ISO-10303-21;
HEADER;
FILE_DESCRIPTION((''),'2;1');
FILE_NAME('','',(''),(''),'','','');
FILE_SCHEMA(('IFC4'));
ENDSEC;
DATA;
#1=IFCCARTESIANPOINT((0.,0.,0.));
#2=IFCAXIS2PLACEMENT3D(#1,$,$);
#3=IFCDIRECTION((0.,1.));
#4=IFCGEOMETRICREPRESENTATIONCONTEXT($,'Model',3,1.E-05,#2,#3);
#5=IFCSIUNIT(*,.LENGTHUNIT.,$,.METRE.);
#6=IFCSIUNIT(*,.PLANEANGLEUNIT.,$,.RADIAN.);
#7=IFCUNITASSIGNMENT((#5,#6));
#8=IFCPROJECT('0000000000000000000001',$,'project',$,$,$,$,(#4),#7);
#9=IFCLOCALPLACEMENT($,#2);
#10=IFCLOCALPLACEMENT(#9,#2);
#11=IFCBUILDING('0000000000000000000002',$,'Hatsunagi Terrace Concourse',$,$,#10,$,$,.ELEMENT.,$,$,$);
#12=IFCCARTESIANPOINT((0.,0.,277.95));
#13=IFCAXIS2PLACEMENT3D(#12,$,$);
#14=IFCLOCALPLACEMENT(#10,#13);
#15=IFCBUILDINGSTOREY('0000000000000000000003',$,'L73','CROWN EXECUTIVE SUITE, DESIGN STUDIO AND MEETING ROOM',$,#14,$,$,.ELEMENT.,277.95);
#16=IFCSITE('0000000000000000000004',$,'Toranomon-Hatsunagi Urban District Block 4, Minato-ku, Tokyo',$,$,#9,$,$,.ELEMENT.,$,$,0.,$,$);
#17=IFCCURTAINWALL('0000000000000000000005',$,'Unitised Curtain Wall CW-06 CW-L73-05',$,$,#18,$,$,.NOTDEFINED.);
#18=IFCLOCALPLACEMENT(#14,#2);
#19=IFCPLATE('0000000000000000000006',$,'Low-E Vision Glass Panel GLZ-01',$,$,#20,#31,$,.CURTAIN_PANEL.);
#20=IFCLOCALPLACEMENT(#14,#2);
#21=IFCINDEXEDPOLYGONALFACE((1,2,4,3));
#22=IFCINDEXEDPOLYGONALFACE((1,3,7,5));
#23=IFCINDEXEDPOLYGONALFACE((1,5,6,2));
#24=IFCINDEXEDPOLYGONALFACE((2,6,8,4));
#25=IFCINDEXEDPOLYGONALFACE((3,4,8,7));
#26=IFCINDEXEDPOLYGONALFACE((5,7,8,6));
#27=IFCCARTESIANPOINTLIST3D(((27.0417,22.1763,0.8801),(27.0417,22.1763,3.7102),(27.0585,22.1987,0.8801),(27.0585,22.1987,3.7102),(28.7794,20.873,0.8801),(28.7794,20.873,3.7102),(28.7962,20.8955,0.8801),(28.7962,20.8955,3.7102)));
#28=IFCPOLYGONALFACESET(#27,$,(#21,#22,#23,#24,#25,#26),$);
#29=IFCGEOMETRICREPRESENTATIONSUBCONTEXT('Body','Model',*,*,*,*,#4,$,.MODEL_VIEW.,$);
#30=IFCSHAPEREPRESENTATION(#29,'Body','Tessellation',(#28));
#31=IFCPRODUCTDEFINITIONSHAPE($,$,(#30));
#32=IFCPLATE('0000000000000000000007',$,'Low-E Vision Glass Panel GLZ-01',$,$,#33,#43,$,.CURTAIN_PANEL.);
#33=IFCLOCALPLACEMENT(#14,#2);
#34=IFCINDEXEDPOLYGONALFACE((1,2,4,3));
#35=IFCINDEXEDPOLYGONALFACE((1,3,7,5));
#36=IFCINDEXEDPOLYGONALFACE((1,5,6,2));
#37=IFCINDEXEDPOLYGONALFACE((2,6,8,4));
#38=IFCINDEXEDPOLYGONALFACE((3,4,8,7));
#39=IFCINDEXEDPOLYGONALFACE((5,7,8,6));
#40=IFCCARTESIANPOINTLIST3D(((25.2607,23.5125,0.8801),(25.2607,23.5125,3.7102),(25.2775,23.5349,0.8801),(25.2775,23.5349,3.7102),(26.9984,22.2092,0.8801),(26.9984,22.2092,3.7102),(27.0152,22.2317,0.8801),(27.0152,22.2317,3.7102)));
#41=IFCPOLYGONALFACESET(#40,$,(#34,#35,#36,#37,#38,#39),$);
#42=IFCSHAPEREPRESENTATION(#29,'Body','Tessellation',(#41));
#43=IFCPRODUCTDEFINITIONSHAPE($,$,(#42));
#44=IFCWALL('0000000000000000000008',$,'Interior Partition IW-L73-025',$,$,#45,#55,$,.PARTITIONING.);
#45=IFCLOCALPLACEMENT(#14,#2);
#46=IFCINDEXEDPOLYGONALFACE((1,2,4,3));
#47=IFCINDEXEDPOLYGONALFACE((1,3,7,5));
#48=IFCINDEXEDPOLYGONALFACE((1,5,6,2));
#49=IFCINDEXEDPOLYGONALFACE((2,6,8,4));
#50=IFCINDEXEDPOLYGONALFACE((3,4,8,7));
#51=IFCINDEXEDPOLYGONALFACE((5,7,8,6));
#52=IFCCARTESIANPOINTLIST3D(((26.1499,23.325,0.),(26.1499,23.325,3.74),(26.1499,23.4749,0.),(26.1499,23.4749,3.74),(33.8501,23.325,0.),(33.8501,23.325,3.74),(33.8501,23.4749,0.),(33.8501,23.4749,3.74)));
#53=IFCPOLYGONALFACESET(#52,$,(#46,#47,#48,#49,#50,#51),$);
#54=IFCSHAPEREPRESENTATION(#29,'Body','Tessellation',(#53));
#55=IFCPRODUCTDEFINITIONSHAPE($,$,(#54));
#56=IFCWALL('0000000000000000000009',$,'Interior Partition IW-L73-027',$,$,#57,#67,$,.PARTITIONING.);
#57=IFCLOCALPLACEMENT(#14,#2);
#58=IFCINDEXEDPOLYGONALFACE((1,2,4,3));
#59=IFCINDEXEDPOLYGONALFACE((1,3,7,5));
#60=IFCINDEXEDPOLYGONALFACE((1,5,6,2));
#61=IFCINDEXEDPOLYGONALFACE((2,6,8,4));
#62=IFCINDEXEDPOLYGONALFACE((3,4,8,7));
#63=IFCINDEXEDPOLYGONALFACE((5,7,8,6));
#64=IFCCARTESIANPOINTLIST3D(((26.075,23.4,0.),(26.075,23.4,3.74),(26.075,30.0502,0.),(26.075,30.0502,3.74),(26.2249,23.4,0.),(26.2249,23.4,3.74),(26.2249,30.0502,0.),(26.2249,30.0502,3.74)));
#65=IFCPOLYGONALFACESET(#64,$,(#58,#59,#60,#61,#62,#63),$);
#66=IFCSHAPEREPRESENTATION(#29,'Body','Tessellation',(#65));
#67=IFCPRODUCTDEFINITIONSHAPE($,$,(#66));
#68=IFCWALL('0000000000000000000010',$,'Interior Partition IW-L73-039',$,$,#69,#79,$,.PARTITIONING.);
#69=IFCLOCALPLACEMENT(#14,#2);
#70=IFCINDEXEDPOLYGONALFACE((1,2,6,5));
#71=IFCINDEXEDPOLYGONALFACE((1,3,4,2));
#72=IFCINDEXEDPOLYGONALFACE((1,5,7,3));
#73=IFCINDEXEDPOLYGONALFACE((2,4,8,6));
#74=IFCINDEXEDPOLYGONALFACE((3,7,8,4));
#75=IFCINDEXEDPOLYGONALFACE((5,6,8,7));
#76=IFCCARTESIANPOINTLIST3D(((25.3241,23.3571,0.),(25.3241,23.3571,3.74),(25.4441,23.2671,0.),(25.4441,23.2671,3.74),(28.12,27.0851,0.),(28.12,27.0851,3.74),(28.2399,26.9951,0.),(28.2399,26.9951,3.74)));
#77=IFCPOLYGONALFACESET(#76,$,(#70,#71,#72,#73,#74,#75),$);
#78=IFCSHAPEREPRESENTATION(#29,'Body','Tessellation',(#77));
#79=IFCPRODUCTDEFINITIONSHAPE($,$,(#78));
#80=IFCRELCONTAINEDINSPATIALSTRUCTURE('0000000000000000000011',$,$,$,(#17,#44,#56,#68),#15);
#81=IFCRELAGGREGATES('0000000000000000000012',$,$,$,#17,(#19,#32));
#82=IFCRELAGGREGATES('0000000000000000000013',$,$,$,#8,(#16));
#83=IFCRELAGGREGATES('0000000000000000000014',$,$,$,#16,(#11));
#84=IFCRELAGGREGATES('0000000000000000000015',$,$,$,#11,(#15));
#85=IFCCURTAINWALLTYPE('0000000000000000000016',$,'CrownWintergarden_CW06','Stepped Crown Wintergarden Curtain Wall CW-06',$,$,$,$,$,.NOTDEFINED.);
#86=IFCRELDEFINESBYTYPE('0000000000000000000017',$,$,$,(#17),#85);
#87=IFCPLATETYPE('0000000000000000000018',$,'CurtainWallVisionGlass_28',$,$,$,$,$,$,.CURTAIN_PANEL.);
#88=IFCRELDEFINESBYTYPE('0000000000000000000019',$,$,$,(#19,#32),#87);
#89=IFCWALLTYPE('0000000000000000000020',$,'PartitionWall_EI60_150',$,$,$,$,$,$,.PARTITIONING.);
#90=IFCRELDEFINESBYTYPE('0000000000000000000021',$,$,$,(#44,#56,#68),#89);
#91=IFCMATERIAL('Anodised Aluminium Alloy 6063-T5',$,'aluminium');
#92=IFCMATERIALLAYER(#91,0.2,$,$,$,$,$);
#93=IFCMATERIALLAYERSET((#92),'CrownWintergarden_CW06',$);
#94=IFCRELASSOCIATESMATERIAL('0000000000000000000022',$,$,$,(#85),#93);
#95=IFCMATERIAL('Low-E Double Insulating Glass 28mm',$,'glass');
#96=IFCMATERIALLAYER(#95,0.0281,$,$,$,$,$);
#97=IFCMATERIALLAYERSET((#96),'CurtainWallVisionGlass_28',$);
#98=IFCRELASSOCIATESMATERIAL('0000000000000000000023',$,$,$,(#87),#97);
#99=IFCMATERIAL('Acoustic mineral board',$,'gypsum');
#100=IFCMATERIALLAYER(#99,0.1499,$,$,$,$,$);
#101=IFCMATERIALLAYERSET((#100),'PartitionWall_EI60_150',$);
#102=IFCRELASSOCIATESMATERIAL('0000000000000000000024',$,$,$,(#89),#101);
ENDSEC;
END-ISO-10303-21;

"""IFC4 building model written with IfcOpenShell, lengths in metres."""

from ifc_helpers import new_model, si_unit, direction, frame, frame_2d, origin, origin_2d, place, context, subcontext, project, spatial, rectangle, extrude, material, layer, layer_set, type_object, element, aggregate, save


model = new_model("IFC4")

# Units and contexts
model_context = context("Model", 3, precision=1e-05, world=origin(), true_north=direction((0.0, 1.0)))
body_context = subcontext(model_context, "Body", "Model", "MODEL_VIEW")
ifc_project = project(units=[si_unit("LENGTHUNIT", "METRE"), si_unit("PLANEANGLEUNIT", "RADIAN")], contexts=[model_context])

# Site, building, storey
site_placement = place(None, origin())
site = spatial("IfcSite", under=ifc_project, at=site_placement, Name="Toranomon-Hatsunagi Urban District Block 4, Minato-ku, Tokyo", CompositionType="ELEMENT", RefElevation=0.0)
building_placement = place(site_placement, origin())
building = spatial("IfcBuilding", under=site, at=building_placement, Name="Hatsunagi Terrace Concourse", CompositionType="ELEMENT")
storey_placement = place(building_placement, frame((0.0, 0.0, 277.95)))
storey = spatial("IfcBuildingStorey", under=building, at=storey_placement, Name="L73", Description="CROWN EXECUTIVE SUITE, DESIGN STUDIO AND MEETING ROOM", CompositionType="ELEMENT", Elevation=277.95)

# Curtain wall, plates
ifc_material_1 = material(Name="Anodised Aluminium Alloy 6063-T5", Category="aluminium")
ifc_layer_1 = layer(ifc_material_1, 0.2)
ifc_layer_set_1 = layer_set([ifc_layer_1], Name="CrownWintergarden_CW06")
curtain_wall_type = type_object("IfcCurtainWallType", Name="CrownWintergarden_CW06", Description="Stepped Crown Wintergarden Curtain Wall CW-06", PredefinedType="NOTDEFINED", material=ifc_layer_set_1)
curtain_wall_placement = place(storey_placement, origin())
curtain_wall = element("IfcCurtainWall", 1, at=curtain_wall_placement, inside=storey, type_object=curtain_wall_type, Name="Unitised Curtain Wall CW-06 CW-L73-05", PredefinedType="NOTDEFINED")
ifc_material_2 = material(Name="Low-E Double Insulating Glass 28mm", Category="glass")
ifc_layer_2 = layer(ifc_material_2, 0.0281)
ifc_layer_set_2 = layer_set([ifc_layer_2], Name="CurtainWallVisionGlass_28")
plate_type_1 = type_object("IfcPlateType", Name="CurtainWallVisionGlass_28", PredefinedType="CURTAIN_PANEL", material=ifc_layer_set_2)
plate_1_placement = place(storey_placement, frame((27.9189, 21.5359, 0.8801), z_axis=(0.0, 0.0, 1.0), x_axis=(-0.800007, 0.59999, 0.0)))
plate_1 = element("IfcPlate", 2, at=plate_1_placement, type_object=plate_type_1, Name="Low-E Vision Glass Panel GLZ-01", PredefinedType="CURTAIN_PANEL", context=body_context, shape_type="SweptSolid", body=[
    extrude(rectangle(XDim=2.1721, YDim=0.0281, at=origin_2d()), origin(), (0.0, 0.0, 1.0), 2.8301),
])
plate_2_placement = place(storey_placement, frame((26.1379, 22.8721, 0.8801), z_axis=(0.0, 0.0, 1.0), x_axis=(-0.800007, 0.59999, 0.0)))
plate_2 = element("IfcPlate", 3, at=plate_2_placement, type_object=plate_type_1, Name="Low-E Vision Glass Panel GLZ-01", PredefinedType="CURTAIN_PANEL", context=body_context, shape_type="SweptSolid", body=[
    extrude(rectangle(XDim=2.1721, YDim=0.0281, at=origin_2d()), origin(), (0.0, 0.0, 1.0), 2.8301),
])
aggregate(curtain_wall, [plate_1, plate_2])

# Walls
ifc_material_3 = material(Name="Acoustic mineral board", Category="gypsum")
ifc_layer_3 = layer(ifc_material_3, 0.1499)
ifc_layer_set_3 = layer_set([ifc_layer_3], Name="PartitionWall_EI60_150")
wall_type = type_object("IfcWallType", Name="PartitionWall_EI60_150", PredefinedType="PARTITIONING", material=ifc_layer_set_3)
wall_1_placement = place(storey_placement, frame((26.1499, 23.3999, 0.0), z_axis=(0.0, 0.0, 1.0), x_axis=(1.0, 0.0, 0.0)))
element("IfcWall", 4, at=wall_1_placement, inside=storey, type_object=wall_type, Name="Interior Partition IW-L73-025", PredefinedType="PARTITIONING", context=body_context, shape_type="SweptSolid", body=[
    extrude(rectangle(XDim=7.7002, YDim=0.1499, at=frame_2d((3.8501, 0.0))), origin(), (0.0, 0.0, 1.0), 3.74),
])
wall_2_placement = place(storey_placement, frame((26.1499, 23.3999, 0.0), z_axis=(0.0, 0.0, 1.0), x_axis=(0.0, 1.0, 0.0)))
element("IfcWall", 5, at=wall_2_placement, inside=storey, type_object=wall_type, Name="Interior Partition IW-L73-027", PredefinedType="PARTITIONING", context=body_context, shape_type="SweptSolid", body=[
    extrude(rectangle(XDim=6.6501, YDim=0.1499, at=frame_2d((3.3252, 0.0))), origin(), (0.0, 0.0, 1.0), 3.74),
])
wall_3_placement = place(storey_placement, frame((25.384, 23.312, 0.0), z_axis=(0.0, 0.0, 1.0), x_axis=(0.599983, 0.800013, 0.0)))
element("IfcWall", 6, at=wall_3_placement, inside=storey, type_object=wall_type, Name="Interior Partition IW-L73-039", PredefinedType="PARTITIONING", context=body_context, shape_type="SweptSolid", body=[
    extrude(rectangle(XDim=4.6599, YDim=0.1499, at=frame_2d((2.3301, 0.0))), origin(), (0.0, 0.0, 1.0), 3.74),
])

save(model, "model.ifc")
